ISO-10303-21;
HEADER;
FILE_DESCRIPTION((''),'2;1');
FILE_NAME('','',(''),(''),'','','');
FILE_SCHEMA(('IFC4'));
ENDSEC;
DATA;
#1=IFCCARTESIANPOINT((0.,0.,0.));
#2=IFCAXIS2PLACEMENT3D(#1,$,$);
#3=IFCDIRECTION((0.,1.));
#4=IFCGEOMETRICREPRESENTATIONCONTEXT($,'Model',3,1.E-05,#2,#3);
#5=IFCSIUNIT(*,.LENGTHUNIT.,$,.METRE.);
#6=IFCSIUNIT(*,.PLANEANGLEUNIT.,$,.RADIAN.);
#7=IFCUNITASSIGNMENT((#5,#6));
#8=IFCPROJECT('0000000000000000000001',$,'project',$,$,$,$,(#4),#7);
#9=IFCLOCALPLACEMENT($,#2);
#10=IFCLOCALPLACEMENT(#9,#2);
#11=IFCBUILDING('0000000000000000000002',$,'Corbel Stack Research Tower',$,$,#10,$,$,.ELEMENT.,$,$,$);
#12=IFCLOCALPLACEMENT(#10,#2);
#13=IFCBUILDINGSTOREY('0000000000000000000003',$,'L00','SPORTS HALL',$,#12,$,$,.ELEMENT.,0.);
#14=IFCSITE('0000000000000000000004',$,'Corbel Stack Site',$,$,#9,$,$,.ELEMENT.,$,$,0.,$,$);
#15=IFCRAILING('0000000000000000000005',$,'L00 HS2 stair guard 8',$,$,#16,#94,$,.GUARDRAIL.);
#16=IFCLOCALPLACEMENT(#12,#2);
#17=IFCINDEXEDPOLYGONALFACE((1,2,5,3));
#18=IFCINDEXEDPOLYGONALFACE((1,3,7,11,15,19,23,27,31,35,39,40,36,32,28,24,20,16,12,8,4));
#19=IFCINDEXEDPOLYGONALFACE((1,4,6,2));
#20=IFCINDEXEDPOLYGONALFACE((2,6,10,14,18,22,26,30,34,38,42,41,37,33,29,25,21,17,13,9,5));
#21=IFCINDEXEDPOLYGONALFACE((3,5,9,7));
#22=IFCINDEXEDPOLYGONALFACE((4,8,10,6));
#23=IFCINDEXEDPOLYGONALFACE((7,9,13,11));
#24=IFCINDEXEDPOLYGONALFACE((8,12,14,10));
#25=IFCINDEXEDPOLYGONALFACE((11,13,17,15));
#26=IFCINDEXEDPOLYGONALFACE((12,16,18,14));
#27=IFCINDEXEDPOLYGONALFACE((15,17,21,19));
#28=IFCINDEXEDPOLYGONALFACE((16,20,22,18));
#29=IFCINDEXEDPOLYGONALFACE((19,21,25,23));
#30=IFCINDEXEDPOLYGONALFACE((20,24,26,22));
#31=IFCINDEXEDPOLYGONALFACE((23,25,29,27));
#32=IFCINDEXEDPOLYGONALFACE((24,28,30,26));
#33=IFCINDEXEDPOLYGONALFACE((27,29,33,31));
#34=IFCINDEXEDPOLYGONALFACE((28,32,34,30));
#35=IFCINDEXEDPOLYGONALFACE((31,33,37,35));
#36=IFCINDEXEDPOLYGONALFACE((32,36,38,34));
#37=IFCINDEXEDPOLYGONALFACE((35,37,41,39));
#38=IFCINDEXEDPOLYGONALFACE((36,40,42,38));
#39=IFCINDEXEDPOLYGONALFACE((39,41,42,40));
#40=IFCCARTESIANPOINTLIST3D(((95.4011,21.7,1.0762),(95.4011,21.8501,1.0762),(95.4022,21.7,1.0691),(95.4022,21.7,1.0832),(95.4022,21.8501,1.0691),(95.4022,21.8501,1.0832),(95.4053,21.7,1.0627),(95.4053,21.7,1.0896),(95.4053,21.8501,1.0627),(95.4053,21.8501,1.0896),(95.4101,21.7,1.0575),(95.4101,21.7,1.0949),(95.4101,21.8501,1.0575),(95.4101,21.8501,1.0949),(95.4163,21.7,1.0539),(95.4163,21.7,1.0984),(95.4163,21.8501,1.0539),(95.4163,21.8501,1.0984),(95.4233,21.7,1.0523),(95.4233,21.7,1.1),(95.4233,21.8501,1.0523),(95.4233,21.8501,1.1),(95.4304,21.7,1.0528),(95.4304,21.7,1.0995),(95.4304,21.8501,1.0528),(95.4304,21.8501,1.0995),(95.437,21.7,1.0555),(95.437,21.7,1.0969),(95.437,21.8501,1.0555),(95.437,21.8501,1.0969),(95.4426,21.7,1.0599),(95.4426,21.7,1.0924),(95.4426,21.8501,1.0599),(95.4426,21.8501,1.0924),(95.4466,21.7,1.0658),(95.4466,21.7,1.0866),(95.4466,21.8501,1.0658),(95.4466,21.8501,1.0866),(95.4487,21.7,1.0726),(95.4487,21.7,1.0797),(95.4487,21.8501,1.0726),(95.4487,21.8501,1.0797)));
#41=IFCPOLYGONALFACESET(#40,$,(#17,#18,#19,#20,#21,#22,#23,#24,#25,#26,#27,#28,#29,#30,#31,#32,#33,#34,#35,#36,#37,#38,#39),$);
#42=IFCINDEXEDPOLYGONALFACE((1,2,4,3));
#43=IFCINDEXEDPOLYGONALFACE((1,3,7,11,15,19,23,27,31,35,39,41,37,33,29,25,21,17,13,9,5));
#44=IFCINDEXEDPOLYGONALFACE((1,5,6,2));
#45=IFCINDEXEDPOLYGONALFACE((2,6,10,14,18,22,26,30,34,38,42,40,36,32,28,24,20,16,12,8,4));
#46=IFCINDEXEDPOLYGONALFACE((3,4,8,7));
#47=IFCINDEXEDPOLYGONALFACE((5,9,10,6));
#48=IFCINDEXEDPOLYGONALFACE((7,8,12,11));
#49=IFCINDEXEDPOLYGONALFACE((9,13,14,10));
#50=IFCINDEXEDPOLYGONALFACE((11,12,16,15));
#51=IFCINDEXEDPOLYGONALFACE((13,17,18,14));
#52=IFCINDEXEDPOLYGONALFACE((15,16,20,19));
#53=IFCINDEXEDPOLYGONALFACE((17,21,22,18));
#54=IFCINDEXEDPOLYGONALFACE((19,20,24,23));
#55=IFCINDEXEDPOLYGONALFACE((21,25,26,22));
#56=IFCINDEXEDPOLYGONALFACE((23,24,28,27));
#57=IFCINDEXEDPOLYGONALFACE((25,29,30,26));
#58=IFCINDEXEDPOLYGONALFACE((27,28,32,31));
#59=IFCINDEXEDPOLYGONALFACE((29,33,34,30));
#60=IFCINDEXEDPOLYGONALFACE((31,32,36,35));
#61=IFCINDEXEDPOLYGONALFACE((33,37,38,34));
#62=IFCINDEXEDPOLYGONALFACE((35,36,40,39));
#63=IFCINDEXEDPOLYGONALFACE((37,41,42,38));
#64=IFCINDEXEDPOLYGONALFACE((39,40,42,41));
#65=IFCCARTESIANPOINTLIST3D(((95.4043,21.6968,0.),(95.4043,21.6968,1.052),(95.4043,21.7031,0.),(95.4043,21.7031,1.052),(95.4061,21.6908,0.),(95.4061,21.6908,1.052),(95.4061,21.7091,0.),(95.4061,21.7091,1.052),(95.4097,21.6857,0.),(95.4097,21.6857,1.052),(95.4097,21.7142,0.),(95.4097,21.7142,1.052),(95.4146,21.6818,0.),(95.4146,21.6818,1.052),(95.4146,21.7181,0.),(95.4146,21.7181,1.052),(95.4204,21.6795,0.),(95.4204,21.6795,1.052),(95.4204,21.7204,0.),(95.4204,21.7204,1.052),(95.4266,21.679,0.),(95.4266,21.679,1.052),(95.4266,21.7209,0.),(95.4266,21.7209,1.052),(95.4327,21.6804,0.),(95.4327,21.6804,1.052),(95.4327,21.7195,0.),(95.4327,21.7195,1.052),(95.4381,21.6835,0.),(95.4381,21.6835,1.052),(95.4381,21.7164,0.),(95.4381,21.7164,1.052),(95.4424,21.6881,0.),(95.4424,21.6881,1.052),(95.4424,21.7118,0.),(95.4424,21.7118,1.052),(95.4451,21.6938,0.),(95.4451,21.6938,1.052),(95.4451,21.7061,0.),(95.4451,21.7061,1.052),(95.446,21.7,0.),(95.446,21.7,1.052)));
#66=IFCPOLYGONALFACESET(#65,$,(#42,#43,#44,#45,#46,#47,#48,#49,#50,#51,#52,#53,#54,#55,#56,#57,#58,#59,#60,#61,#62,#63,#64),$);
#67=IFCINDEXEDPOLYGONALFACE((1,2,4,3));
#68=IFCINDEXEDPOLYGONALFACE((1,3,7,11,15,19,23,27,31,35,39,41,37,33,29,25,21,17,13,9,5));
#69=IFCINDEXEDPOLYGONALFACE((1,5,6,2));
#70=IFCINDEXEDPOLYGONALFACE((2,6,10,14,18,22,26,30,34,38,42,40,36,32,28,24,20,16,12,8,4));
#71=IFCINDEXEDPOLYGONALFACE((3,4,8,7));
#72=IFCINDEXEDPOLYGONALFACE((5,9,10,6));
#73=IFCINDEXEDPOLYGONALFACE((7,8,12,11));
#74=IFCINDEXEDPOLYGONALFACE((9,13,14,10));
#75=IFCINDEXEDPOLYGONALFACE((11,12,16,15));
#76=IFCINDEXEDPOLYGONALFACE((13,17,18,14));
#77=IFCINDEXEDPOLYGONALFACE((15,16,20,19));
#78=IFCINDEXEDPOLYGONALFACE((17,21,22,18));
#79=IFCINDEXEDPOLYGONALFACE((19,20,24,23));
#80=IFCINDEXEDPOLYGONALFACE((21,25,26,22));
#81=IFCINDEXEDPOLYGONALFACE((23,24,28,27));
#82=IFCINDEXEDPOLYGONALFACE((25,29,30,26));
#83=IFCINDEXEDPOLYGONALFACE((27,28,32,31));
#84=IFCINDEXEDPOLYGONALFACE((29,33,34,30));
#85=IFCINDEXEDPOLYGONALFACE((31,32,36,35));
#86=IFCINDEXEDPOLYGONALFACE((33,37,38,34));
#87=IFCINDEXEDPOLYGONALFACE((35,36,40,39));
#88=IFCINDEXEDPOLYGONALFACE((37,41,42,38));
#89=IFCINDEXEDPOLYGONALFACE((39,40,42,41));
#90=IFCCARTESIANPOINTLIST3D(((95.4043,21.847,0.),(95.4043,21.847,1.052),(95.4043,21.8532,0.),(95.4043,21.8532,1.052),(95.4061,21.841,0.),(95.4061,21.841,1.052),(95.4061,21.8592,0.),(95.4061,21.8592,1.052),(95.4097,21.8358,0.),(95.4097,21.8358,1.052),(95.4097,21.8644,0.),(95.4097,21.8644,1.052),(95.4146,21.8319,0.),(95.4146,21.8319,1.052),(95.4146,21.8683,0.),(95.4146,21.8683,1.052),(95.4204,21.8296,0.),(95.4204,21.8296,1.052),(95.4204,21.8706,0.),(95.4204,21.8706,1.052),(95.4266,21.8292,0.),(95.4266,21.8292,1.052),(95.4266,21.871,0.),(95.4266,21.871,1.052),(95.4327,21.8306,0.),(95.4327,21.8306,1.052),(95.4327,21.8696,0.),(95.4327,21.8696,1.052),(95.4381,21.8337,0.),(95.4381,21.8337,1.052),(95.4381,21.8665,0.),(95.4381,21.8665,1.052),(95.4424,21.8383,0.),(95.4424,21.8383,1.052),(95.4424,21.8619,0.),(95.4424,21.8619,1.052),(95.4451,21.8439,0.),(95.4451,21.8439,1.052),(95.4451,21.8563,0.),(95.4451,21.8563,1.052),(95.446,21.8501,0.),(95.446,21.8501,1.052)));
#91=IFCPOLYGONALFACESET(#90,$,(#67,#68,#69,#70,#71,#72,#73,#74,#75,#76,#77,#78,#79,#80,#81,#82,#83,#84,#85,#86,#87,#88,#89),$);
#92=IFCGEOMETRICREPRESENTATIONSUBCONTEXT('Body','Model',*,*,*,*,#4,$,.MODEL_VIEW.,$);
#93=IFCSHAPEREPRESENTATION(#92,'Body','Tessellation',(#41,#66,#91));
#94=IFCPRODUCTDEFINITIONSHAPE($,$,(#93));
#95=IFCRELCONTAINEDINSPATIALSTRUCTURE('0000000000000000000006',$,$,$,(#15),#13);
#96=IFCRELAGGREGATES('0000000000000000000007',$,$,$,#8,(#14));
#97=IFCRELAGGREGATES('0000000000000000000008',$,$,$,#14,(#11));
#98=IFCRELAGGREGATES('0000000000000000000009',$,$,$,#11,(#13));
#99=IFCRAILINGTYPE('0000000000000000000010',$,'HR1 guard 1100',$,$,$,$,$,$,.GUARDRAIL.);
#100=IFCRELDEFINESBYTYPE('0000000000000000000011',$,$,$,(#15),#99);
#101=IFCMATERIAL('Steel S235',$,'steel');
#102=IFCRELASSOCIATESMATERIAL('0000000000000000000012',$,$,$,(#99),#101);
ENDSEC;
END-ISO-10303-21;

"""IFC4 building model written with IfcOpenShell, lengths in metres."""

from ifc_helpers import new_model, si_unit, direction, frame, origin, origin_2d, place, context, subcontext, project, spatial, circle, extrude, material, type_object, element, save


model = new_model("IFC4")

# Units and contexts
model_context = context("Model", 3, precision=1e-05, world=origin(), true_north=direction((0.0, 1.0)))
body_context = subcontext(model_context, "Body", "Model", "MODEL_VIEW")
ifc_project = project(units=[si_unit("LENGTHUNIT", "METRE"), si_unit("PLANEANGLEUNIT", "RADIAN")], contexts=[model_context])

# Site, building, storey
site_placement = place(None, origin())
site = spatial("IfcSite", under=ifc_project, at=site_placement, Name="Corbel Stack Site", CompositionType="ELEMENT", RefElevation=0.0)
building_placement = place(site_placement, origin())
building = spatial("IfcBuilding", under=site, at=building_placement, Name="Corbel Stack Research Tower", CompositionType="ELEMENT")
storey_placement = place(building_placement, origin())
storey = spatial("IfcBuildingStorey", under=building, at=storey_placement, Name="L00", Description="SPORTS HALL", CompositionType="ELEMENT", Elevation=0.0)

# Railing
ifc_material_1 = material(Name="Steel S235", Category="steel")
railing_type_1 = type_object("IfcRailingType", Name="HR1 guard 1100", PredefinedType="GUARDRAIL", material=ifc_material_1)
railing_1_placement = place(storey_placement, frame((95.425, 21.7, 0.0)))
element("IfcRailing", 1, at=railing_1_placement, inside=storey, type_object=railing_type_1, Name="L00 HS2 stair guard 8", PredefinedType="GUARDRAIL", context=body_context, shape_type="SweptSolid", body=[
    extrude(circle(Radius=0.0239, at=origin_2d()), frame((0.0, 0.0, 1.0762), z_axis=(0.0, 1.0, 0.0), x_axis=(-1.0, 0.0, 0.0)), (0.0, 0.0, 1.0), 0.1501),
    extrude(circle(Radius=0.021, at=origin_2d()), origin(), (0.0, 0.0, 1.0), 1.052),
    extrude(circle(Radius=0.021, at=origin_2d()), frame((0.0, 0.1501, 0.0)), (0.0, 0.0, 1.0), 1.052),
])

save(model, "model.ifc")
